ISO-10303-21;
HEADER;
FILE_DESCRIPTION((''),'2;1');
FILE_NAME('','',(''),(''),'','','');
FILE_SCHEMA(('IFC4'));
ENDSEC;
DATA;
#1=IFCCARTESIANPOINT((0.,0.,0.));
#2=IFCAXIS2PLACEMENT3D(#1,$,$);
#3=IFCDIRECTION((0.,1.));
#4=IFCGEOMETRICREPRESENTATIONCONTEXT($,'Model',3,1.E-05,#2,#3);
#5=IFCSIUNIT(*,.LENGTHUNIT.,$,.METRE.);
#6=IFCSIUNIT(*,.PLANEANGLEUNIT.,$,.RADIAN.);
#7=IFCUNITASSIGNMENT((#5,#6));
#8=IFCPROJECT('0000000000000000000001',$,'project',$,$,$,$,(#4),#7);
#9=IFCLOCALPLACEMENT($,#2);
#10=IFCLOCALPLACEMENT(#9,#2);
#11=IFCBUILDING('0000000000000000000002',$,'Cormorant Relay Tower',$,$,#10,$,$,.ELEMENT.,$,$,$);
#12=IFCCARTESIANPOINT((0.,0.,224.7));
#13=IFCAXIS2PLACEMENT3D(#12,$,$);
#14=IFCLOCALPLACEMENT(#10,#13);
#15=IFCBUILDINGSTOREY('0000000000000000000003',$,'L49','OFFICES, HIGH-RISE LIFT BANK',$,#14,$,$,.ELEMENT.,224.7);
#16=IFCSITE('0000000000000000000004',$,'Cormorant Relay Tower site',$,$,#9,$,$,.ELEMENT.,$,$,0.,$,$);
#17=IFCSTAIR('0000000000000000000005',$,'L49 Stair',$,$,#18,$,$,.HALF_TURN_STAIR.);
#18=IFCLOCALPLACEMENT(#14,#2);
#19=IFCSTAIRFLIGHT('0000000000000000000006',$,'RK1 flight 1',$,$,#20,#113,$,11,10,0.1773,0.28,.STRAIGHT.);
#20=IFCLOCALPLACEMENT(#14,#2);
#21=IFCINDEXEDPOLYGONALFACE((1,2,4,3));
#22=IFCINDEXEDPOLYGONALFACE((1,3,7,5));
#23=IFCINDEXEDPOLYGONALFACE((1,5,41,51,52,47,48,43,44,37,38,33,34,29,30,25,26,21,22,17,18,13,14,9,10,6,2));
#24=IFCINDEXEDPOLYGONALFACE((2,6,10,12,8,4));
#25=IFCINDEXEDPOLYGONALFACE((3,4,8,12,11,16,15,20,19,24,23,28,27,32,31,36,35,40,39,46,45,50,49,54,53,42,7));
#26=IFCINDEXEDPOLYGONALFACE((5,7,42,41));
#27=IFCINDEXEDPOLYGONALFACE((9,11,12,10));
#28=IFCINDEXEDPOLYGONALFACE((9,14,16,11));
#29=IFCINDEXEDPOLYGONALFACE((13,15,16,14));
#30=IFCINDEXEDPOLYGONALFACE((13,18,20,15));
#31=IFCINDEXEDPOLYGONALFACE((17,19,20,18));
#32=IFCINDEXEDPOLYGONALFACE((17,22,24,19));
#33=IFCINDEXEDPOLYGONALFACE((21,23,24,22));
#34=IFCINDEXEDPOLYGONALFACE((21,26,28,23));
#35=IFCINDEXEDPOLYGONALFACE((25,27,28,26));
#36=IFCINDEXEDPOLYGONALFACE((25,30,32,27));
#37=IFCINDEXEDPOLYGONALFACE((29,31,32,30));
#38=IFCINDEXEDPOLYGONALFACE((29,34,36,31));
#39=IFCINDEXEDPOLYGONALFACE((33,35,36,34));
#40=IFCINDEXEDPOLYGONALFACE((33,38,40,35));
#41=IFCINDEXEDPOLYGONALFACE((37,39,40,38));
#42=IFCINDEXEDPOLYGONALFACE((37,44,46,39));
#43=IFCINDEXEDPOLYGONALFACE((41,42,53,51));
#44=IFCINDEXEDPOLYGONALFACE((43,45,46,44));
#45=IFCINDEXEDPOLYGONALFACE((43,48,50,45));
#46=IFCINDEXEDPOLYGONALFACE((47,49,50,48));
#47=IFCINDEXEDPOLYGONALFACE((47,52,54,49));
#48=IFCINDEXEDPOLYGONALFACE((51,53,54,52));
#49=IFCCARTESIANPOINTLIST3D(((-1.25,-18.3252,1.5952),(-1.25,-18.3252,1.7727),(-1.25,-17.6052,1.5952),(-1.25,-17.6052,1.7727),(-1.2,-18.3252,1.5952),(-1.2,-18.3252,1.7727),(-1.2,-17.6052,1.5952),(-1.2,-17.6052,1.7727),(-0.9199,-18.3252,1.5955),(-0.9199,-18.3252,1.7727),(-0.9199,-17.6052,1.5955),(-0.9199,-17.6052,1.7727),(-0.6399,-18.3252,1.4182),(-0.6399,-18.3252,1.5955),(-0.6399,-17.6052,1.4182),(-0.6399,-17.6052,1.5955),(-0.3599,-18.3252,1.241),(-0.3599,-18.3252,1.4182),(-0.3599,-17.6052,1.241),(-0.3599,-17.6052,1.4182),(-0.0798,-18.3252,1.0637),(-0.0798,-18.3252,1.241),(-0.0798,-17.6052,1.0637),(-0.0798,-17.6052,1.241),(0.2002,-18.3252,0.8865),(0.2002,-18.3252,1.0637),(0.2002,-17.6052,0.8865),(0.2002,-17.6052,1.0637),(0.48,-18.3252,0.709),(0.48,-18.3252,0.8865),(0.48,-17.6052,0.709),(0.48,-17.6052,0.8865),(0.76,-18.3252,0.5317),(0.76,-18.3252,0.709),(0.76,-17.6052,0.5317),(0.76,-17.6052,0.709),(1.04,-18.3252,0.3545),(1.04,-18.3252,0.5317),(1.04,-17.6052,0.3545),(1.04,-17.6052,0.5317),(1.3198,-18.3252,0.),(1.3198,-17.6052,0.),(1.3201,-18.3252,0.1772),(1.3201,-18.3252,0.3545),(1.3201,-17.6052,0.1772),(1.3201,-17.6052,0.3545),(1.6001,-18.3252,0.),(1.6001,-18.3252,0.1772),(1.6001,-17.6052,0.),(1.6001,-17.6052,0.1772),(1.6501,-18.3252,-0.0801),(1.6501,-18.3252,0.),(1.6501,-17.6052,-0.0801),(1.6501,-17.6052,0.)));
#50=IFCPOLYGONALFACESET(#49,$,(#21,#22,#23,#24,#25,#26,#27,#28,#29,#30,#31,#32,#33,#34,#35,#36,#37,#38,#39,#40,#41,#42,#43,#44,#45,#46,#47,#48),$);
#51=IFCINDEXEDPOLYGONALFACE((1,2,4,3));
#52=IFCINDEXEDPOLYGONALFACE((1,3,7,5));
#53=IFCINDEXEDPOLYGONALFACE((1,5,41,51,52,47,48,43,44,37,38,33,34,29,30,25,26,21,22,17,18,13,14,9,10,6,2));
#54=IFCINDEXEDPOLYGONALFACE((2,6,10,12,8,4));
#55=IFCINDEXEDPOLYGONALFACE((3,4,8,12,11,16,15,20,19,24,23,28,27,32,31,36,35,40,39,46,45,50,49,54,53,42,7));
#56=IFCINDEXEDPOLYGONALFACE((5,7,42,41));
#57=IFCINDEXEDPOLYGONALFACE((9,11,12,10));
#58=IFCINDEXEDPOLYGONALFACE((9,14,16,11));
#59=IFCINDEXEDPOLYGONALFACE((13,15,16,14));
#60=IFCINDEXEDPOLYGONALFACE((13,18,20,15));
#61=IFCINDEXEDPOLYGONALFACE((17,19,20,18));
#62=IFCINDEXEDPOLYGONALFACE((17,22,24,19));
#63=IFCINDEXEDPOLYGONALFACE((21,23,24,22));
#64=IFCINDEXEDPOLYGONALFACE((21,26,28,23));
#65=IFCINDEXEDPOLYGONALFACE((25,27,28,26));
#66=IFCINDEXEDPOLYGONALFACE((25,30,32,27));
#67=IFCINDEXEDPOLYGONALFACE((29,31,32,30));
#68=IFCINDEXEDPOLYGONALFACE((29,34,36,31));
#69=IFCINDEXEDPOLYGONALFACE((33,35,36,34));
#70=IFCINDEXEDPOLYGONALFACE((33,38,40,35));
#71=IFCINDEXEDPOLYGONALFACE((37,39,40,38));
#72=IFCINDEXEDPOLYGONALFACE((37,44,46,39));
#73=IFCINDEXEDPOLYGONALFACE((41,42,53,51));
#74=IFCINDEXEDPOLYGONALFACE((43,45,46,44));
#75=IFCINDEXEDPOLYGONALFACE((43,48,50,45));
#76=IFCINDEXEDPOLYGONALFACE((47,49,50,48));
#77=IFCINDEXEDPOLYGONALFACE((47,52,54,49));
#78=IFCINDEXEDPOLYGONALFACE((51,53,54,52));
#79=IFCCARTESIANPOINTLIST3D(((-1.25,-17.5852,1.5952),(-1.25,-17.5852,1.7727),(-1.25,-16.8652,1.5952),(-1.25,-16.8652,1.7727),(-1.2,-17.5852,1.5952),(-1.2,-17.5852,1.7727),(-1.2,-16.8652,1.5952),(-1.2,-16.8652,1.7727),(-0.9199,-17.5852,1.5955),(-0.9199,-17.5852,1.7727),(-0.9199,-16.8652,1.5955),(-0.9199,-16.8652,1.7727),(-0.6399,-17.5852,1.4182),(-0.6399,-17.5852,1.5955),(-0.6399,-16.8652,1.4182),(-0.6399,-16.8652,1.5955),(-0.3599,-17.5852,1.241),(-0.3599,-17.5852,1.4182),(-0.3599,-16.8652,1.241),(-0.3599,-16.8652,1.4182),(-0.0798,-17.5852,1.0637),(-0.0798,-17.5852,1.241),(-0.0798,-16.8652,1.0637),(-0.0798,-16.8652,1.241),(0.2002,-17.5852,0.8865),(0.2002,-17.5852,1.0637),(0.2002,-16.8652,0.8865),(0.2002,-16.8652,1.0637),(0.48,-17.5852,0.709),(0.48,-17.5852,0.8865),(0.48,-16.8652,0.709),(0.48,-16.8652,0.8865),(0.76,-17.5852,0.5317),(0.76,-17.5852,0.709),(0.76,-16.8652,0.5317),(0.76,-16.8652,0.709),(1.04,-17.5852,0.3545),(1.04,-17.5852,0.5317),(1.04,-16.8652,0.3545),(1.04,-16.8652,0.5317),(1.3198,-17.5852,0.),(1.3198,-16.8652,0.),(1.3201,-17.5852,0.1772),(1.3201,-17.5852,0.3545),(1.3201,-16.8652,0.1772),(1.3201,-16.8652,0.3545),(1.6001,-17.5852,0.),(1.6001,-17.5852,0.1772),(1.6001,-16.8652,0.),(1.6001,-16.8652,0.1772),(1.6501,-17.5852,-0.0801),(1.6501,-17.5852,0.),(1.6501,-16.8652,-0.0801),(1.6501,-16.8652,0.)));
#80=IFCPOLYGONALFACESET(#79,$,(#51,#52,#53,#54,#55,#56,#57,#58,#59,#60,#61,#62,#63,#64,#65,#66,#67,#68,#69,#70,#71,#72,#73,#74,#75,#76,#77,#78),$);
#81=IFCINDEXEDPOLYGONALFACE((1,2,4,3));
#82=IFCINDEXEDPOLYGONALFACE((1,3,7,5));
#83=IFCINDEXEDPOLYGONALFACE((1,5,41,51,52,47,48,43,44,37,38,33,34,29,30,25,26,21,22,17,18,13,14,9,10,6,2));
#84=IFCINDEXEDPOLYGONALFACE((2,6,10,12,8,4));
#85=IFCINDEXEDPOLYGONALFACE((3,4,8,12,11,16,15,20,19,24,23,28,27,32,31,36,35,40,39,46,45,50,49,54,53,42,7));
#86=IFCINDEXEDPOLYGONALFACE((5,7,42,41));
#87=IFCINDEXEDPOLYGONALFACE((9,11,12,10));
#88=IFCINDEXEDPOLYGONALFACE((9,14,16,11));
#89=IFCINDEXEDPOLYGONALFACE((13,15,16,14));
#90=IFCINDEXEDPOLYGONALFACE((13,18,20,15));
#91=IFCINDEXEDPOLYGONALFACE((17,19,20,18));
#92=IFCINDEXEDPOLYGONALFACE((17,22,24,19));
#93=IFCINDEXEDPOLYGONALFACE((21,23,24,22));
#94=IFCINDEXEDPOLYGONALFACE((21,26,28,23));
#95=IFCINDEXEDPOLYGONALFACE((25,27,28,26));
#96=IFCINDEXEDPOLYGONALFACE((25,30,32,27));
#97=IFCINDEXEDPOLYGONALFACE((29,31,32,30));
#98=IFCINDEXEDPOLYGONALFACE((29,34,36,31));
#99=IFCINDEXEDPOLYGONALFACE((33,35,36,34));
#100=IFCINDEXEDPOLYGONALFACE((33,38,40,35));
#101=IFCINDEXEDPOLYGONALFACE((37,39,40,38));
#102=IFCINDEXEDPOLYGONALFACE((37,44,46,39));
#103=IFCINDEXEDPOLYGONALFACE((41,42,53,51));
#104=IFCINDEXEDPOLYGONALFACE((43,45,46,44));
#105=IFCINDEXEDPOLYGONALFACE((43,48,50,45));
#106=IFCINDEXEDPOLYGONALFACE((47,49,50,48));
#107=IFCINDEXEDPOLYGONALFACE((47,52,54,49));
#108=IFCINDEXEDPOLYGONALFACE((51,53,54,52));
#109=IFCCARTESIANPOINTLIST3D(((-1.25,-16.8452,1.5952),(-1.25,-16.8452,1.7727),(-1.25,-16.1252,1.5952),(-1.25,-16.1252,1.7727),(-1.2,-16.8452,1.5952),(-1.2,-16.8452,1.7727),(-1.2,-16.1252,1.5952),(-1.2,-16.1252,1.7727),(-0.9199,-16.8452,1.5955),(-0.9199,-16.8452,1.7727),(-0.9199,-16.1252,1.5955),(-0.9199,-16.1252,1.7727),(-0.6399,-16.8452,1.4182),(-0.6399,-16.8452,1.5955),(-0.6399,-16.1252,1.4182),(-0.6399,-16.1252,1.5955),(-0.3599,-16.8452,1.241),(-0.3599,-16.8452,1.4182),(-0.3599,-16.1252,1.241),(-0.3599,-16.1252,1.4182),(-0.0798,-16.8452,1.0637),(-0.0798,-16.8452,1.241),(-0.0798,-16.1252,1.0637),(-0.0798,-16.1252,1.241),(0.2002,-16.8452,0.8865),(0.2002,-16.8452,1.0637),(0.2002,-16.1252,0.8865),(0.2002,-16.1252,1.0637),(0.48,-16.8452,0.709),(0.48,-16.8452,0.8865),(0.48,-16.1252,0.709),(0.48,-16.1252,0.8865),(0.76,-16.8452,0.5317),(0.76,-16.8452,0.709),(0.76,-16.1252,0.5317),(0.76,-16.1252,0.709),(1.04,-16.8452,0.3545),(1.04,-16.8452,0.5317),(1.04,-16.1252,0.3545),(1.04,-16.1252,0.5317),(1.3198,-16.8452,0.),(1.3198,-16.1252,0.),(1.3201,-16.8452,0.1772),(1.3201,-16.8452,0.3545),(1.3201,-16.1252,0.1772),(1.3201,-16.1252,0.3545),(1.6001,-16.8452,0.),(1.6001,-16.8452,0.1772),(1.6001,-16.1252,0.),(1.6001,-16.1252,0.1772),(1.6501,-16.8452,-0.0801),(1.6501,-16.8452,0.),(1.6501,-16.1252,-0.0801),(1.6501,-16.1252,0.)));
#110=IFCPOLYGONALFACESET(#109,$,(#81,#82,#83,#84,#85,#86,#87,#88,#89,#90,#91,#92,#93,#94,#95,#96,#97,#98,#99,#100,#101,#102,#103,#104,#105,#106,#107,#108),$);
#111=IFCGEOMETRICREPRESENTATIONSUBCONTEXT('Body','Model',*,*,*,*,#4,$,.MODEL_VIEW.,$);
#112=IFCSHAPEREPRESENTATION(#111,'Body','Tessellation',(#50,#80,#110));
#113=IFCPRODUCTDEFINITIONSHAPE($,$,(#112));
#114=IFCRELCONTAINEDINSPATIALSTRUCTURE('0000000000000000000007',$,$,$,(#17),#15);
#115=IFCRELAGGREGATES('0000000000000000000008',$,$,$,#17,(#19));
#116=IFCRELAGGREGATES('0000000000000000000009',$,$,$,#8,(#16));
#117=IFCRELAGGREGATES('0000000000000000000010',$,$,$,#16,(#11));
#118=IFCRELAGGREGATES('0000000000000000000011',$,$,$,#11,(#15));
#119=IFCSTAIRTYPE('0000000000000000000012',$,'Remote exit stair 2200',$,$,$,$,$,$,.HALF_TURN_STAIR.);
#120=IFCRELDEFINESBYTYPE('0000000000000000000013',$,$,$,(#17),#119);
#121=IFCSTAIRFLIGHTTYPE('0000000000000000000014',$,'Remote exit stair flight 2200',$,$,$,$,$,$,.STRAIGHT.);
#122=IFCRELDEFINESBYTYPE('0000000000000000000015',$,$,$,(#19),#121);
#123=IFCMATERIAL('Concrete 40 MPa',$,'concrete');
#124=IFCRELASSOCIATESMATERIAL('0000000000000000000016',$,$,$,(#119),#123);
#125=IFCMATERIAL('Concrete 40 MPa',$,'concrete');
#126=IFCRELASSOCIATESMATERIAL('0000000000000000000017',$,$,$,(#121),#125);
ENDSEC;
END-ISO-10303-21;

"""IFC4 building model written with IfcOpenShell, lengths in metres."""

from ifc_helpers import new_model, si_unit, direction, frame, origin, place, context, subcontext, project, spatial, polyline, outline, extrude, material, type_object, element, aggregate, save


model = new_model("IFC4")

# Units and contexts
model_context = context("Model", 3, precision=1e-05, world=origin(), true_north=direction((0.0, 1.0)))
body_context = subcontext(model_context, "Body", "Model", "MODEL_VIEW")
ifc_project = project(units=[si_unit("LENGTHUNIT", "METRE"), si_unit("PLANEANGLEUNIT", "RADIAN")], contexts=[model_context])

# Site, building, storey
site_placement = place(None, origin())
site = spatial("IfcSite", under=ifc_project, at=site_placement, Name="Cormorant Relay Tower site", CompositionType="ELEMENT", RefElevation=0.0)
building_placement = place(site_placement, origin())
building = spatial("IfcBuilding", under=site, at=building_placement, Name="Cormorant Relay Tower", CompositionType="ELEMENT")
storey_placement = place(building_placement, frame((0.0, 0.0, 224.7)))
storey = spatial("IfcBuildingStorey", under=building, at=storey_placement, Name="L49", Description="OFFICES, HIGH-RISE LIFT BANK", CompositionType="ELEMENT", Elevation=224.7)

# Stair, stair flight
ifc_material_1 = material(Name="Concrete 40 MPa", Category="concrete")
stair_type = type_object("IfcStairType", Name="Remote exit stair 2200", PredefinedType="HALF_TURN_STAIR", material=ifc_material_1)
stair_placement = place(storey_placement, origin())
stair = element("IfcStair", 1, at=stair_placement, inside=storey, type_object=stair_type, Name="L49 Stair", PredefinedType="HALF_TURN_STAIR")
ifc_material_2 = material(Name="Concrete 40 MPa", Category="concrete")
stair_flight_type = type_object("IfcStairFlightType", Name="Remote exit stair flight 2200", PredefinedType="STRAIGHT", material=ifc_material_2)
stair_flight_1_placement = place(storey_placement, frame((1.6001, -17.2251, 0.0), z_axis=(0.0, 0.0, 1.0), x_axis=(-1.0, 0.0, 0.0)))
stair_flight_1 = element("IfcStairFlight", 2, at=stair_flight_1_placement, type_object=stair_flight_type, Name="RK1 flight 1", NumberOfRisers=11, NumberOfTreads=10, PredefinedType="STRAIGHT", RiserHeight=0.1773, TreadLength=0.28, context=body_context, shape_type="SweptSolid", body=[
    extrude(outline(polyline([(-0.05, -0.0801), (-0.05, 0.0), (0.0, 0.0), (0.0, 0.1772), (0.28, 0.1772), (0.28, 0.3545), (0.5601, 0.3545), (0.5601, 0.5317), (0.8401, 0.5317), (0.8401, 0.709), (1.1201, 0.709), (1.1201, 0.8865), (1.3999, 0.8865), (1.3999, 1.0637), (1.6799, 1.0637), (1.6799, 1.241), (1.96, 1.241), (1.96, 1.4182), (2.24, 1.4182), (2.24, 1.5955), (2.52, 1.5955), (2.52, 1.7727), (2.8, 1.7727), (2.8501, 1.7727), (2.8501, 1.5952), (2.8, 1.5952), (0.2803, 0.0), (-0.05, -0.0801)])), frame((0.0, 1.1001, 0.0), z_axis=(0.0, -1.0, 0.0), x_axis=(1.0, 0.0, 0.0)), (0.0, 0.0, 1.0), 0.72),
    extrude(outline(polyline([(-0.05, -0.0801), (-0.05, 0.0), (0.0, 0.0), (0.0, 0.1772), (0.28, 0.1772), (0.28, 0.3545), (0.5601, 0.3545), (0.5601, 0.5317), (0.8401, 0.5317), (0.8401, 0.709), (1.1201, 0.709), (1.1201, 0.8865), (1.3999, 0.8865), (1.3999, 1.0637), (1.6799, 1.0637), (1.6799, 1.241), (1.96, 1.241), (1.96, 1.4182), (2.24, 1.4182), (2.24, 1.5955), (2.52, 1.5955), (2.52, 1.7727), (2.8, 1.7727), (2.8501, 1.7727), (2.8501, 1.5952), (2.8, 1.5952), (0.2803, 0.0), (-0.05, -0.0801)])), frame((0.0, 0.3601, 0.0), z_axis=(0.0, -1.0, 0.0), x_axis=(1.0, 0.0, 0.0)), (0.0, 0.0, 1.0), 0.72),
    extrude(outline(polyline([(-0.05, -0.0801), (-0.05, 0.0), (0.0, 0.0), (0.0, 0.1772), (0.28, 0.1772), (0.28, 0.3545), (0.5601, 0.3545), (0.5601, 0.5317), (0.8401, 0.5317), (0.8401, 0.709), (1.1201, 0.709), (1.1201, 0.8865), (1.3999, 0.8865), (1.3999, 1.0637), (1.6799, 1.0637), (1.6799, 1.241), (1.96, 1.241), (1.96, 1.4182), (2.24, 1.4182), (2.24, 1.5955), (2.52, 1.5955), (2.52, 1.7727), (2.8, 1.7727), (2.8501, 1.7727), (2.8501, 1.5952), (2.8, 1.5952), (0.2803, 0.0), (-0.05, -0.0801)])), frame((0.0, -0.3799, 0.0), z_axis=(0.0, -1.0, 0.0), x_axis=(1.0, 0.0, 0.0)), (0.0, 0.0, 1.0), 0.72),
])
aggregate(stair, [stair_flight_1])

save(model, "model.ifc")
